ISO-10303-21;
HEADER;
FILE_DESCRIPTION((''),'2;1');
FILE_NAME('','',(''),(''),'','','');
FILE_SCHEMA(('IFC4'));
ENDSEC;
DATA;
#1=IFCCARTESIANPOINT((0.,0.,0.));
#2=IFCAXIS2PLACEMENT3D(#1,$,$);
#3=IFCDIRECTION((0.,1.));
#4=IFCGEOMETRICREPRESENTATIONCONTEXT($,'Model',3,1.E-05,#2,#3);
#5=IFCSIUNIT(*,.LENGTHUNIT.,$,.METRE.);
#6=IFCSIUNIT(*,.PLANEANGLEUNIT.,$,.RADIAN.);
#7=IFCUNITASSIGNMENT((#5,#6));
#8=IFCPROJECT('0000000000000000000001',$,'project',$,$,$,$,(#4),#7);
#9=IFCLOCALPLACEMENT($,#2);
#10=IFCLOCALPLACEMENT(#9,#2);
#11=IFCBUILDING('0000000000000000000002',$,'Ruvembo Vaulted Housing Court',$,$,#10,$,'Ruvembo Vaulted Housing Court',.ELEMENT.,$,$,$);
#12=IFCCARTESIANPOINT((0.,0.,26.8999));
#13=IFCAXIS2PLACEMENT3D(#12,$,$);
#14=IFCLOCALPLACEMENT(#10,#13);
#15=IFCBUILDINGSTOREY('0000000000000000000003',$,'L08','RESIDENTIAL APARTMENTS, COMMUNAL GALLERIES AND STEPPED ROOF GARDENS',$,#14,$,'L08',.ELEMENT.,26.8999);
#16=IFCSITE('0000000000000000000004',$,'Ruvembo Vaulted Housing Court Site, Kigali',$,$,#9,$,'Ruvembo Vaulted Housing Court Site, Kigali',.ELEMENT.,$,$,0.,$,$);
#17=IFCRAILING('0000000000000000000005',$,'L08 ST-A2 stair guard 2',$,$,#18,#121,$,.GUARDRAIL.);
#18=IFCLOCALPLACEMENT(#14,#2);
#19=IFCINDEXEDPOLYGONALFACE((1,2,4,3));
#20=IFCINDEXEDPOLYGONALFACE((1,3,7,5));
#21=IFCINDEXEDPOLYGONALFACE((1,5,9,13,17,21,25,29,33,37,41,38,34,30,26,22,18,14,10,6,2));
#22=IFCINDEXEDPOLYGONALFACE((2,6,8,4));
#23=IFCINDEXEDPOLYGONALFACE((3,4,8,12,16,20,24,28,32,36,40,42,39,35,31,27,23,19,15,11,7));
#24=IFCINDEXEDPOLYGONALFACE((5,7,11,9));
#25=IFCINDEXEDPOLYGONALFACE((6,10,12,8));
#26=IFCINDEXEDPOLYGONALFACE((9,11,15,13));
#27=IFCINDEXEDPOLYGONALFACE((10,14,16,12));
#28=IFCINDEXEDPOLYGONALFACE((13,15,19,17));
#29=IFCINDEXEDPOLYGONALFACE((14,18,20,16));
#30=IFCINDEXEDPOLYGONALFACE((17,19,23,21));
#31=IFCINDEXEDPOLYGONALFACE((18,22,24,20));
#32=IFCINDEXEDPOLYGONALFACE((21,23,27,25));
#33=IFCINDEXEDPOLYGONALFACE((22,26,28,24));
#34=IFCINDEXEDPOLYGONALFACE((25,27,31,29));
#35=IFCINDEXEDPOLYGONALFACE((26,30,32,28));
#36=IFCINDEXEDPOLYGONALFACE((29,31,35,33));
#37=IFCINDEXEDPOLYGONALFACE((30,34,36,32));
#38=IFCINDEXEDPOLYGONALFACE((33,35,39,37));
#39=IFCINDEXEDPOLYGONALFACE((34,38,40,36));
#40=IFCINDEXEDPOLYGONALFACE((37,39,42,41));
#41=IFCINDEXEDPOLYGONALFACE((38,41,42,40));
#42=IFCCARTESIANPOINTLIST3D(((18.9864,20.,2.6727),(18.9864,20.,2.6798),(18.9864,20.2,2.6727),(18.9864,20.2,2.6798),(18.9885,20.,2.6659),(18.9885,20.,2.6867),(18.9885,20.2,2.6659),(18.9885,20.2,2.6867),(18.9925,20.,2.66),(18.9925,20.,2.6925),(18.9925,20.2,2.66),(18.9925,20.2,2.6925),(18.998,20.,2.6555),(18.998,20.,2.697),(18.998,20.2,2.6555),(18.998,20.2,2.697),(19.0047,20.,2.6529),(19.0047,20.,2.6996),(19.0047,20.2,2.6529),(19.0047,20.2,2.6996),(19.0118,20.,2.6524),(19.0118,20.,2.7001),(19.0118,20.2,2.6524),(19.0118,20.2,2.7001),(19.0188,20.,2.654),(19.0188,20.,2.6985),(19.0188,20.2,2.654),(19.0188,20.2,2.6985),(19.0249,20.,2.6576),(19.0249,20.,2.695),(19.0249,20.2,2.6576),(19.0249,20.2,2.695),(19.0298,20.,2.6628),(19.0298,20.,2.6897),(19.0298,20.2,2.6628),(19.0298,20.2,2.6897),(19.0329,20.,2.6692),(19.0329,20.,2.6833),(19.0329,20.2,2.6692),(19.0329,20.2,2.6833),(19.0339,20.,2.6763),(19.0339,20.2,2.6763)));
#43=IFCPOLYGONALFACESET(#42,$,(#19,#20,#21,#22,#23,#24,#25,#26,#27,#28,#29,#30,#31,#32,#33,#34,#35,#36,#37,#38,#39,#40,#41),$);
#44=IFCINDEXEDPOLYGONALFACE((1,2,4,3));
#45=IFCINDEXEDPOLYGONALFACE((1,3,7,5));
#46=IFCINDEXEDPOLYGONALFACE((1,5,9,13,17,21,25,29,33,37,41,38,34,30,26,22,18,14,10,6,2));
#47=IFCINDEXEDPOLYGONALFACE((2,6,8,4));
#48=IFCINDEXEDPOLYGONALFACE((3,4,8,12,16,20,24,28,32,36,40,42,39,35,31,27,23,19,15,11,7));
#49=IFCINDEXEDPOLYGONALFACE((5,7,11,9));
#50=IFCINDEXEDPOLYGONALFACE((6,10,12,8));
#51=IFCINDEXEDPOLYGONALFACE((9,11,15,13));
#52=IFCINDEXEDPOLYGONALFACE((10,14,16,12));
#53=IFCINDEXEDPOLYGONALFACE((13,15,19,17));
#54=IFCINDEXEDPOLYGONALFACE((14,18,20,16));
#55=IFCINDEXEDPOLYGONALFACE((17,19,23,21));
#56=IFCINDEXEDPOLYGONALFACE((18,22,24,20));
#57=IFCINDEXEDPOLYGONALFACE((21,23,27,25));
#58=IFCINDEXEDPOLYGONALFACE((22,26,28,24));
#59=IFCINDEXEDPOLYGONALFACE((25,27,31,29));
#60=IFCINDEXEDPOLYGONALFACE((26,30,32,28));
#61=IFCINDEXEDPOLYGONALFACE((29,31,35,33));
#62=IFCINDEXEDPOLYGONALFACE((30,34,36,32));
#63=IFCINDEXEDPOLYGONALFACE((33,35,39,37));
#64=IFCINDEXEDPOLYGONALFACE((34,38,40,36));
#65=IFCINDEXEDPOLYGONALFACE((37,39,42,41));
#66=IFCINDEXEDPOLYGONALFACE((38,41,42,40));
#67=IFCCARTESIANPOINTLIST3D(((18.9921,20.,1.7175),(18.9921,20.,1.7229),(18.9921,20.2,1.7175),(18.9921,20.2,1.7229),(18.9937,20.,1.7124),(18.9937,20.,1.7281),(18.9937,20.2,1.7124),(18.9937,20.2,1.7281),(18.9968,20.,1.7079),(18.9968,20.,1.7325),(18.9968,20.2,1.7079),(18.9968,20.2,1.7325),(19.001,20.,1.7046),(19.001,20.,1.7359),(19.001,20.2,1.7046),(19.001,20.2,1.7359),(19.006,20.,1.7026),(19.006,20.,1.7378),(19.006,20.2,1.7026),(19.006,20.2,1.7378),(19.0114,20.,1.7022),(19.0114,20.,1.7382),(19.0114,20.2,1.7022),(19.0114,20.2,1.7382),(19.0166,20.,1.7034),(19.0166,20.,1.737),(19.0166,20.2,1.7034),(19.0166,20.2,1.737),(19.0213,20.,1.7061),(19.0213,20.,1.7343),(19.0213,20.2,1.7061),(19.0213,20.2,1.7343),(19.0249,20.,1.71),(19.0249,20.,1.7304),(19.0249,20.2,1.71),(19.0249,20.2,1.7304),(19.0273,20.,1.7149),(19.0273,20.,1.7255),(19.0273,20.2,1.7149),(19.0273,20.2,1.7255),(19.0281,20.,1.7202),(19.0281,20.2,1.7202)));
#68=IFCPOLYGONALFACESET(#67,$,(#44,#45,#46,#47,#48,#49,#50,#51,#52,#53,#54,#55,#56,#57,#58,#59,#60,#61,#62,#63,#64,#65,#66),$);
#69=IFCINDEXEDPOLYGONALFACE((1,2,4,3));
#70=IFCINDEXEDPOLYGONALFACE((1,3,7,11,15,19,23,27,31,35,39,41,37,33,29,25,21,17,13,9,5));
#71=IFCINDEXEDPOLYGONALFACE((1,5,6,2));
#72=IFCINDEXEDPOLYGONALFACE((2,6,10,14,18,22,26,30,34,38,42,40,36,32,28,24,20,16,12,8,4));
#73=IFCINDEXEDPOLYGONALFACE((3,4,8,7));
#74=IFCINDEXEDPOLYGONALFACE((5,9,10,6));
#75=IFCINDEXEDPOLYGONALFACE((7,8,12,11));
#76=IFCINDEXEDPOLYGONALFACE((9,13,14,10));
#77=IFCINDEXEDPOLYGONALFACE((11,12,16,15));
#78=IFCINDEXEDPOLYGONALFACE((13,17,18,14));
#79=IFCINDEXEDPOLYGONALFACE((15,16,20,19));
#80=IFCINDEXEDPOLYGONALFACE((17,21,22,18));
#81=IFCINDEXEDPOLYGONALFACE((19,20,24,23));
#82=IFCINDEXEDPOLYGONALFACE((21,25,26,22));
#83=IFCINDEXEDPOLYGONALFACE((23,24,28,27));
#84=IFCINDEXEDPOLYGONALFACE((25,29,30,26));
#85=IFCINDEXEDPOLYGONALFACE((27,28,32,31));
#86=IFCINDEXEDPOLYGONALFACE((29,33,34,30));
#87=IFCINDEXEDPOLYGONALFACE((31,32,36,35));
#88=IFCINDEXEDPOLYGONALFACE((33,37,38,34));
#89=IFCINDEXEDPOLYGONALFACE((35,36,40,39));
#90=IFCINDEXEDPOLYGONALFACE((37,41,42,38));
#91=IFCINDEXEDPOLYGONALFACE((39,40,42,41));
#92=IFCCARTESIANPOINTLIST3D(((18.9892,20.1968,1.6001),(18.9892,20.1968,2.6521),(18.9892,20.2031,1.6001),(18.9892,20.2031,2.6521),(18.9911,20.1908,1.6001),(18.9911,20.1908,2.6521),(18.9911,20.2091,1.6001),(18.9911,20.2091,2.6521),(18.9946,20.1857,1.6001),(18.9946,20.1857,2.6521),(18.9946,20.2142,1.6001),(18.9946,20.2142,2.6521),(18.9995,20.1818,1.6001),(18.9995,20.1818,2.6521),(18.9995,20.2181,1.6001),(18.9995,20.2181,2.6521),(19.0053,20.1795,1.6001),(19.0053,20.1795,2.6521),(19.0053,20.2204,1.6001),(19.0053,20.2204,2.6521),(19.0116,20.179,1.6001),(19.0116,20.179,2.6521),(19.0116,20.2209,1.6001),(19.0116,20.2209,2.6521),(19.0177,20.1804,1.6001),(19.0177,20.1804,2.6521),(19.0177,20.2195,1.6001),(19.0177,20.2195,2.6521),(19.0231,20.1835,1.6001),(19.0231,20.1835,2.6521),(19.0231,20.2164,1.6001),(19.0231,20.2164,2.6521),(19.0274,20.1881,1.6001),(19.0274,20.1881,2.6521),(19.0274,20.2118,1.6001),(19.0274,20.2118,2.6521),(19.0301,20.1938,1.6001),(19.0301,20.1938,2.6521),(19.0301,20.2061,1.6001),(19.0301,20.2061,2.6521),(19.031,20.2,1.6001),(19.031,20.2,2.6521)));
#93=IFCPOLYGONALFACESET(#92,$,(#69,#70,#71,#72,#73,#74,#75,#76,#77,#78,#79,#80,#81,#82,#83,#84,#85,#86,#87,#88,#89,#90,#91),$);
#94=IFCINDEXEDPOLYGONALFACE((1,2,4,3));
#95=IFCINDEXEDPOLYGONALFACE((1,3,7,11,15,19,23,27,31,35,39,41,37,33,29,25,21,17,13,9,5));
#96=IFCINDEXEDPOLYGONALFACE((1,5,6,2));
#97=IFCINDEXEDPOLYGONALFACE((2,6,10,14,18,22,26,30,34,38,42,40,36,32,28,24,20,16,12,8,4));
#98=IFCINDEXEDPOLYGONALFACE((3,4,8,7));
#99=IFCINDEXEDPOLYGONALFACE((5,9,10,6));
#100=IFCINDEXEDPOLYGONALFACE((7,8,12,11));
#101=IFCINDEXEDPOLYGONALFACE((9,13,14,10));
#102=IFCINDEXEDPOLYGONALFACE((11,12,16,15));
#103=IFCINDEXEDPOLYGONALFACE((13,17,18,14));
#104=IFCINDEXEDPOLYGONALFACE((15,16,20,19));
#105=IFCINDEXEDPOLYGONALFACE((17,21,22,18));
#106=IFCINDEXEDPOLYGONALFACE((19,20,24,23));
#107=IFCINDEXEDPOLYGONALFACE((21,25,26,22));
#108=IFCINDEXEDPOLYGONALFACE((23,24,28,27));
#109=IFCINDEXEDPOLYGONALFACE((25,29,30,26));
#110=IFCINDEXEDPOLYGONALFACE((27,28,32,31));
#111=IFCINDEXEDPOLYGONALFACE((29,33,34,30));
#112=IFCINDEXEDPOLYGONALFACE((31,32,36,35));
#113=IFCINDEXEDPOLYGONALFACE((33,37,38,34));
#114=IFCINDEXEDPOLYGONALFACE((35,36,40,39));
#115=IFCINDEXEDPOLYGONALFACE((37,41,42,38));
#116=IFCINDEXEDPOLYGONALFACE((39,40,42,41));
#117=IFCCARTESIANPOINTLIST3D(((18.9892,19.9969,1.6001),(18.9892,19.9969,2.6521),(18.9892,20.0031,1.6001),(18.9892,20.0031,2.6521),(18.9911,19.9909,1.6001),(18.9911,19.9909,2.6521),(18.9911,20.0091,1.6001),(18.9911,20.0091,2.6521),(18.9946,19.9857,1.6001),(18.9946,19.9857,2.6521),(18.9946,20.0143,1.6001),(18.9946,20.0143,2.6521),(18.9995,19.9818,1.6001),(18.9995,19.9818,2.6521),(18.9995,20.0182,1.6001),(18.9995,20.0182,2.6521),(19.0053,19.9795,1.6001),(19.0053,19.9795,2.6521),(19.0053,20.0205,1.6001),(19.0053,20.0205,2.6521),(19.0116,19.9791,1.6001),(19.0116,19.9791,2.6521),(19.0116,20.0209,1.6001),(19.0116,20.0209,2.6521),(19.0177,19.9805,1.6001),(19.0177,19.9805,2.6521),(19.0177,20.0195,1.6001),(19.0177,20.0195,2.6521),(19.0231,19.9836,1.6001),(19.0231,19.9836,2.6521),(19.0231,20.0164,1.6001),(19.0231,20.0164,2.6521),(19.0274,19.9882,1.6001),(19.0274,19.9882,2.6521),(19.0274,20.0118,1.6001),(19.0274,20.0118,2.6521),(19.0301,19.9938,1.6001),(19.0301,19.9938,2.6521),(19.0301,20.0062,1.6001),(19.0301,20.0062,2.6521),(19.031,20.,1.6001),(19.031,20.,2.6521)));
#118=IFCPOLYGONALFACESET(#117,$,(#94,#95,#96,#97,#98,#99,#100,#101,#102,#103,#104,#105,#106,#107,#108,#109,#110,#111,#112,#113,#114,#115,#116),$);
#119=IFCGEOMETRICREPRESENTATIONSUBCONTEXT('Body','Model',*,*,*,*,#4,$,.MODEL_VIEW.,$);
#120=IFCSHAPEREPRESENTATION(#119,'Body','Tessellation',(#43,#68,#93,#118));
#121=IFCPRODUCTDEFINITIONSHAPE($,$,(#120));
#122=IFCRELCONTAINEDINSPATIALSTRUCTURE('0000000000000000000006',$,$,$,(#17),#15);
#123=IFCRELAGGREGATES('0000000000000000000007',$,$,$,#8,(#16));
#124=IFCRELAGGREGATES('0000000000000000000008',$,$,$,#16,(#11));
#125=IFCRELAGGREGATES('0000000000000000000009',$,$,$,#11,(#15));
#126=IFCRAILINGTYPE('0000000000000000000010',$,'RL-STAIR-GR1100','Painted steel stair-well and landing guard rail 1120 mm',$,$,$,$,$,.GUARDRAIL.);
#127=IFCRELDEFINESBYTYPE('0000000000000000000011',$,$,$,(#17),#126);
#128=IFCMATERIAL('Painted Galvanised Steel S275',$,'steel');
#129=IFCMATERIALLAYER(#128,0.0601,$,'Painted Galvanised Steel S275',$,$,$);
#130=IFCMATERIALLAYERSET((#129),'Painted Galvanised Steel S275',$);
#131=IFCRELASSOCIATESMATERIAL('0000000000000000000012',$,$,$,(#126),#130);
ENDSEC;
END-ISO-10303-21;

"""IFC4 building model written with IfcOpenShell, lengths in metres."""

from ifc_helpers import new_model, si_unit, direction, frame, origin, origin_2d, place, context, subcontext, project, spatial, circle, extrude, material, layer, layer_set, type_object, element, save


model = new_model("IFC4")

# Units and contexts
model_context = context("Model", 3, precision=1e-05, world=origin(), true_north=direction((0.0, 1.0)))
body_context = subcontext(model_context, "Body", "Model", "MODEL_VIEW")
ifc_project = project(units=[si_unit("LENGTHUNIT", "METRE"), si_unit("PLANEANGLEUNIT", "RADIAN")], contexts=[model_context])

# Site, building, storey
site_placement = place(None, origin())
site = spatial("IfcSite", under=ifc_project, at=site_placement, Name="Ruvembo Vaulted Housing Court Site, Kigali", LongName="Ruvembo Vaulted Housing Court Site, Kigali", CompositionType="ELEMENT", RefElevation=0.0)
building_placement = place(site_placement, origin())
building = spatial("IfcBuilding", under=site, at=building_placement, Name="Ruvembo Vaulted Housing Court", LongName="Ruvembo Vaulted Housing Court", CompositionType="ELEMENT")
storey_placement = place(building_placement, frame((0.0, 0.0, 26.8999)))
storey = spatial("IfcBuildingStorey", under=building, at=storey_placement, Name="L08", Description="RESIDENTIAL APARTMENTS, COMMUNAL GALLERIES AND STEPPED ROOF GARDENS", LongName="L08", CompositionType="ELEMENT", Elevation=26.8999)

# Railing
ifc_material_1 = material(Name="Painted Galvanised Steel S275", Category="steel")
ifc_layer_1 = layer(ifc_material_1, 0.0601, Name="Painted Galvanised Steel S275")
ifc_layer_set_1 = layer_set([ifc_layer_1], Name="Painted Galvanised Steel S275")
railing_type_1 = type_object("IfcRailingType", Name="RL-STAIR-GR1100", Description="Painted steel stair-well and landing guard rail 1120 mm", PredefinedType="GUARDRAIL", material=ifc_layer_set_1)
railing_1_placement = place(storey_placement, frame((19.01, 20.2, 1.6001)))
element("IfcRailing", 1, at=railing_1_placement, inside=storey, type_object=railing_type_1, Name="L08 ST-A2 stair guard 2", PredefinedType="GUARDRAIL", context=body_context, shape_type="SweptSolid", body=[
    extrude(circle(Radius=0.0239, at=origin_2d()), frame((0.0, 0.0, 1.0762), z_axis=(0.0, -1.0, 0.0), x_axis=(1.0, 0.0, 0.0)), (0.0, 0.0, 1.0), 0.2),
    extrude(circle(Radius=0.0181, at=origin_2d()), frame((0.0, 0.0, 0.1201), z_axis=(0.0, -1.0, 0.0), x_axis=(1.0, 0.0, 0.0)), (0.0, 0.0, 1.0), 0.2),
    extrude(circle(Radius=0.021, at=origin_2d()), origin(), (0.0, 0.0, 1.0), 1.052),
    extrude(circle(Radius=0.021, at=origin_2d()), frame((0.0, -0.2, 0.0)), (0.0, 0.0, 1.0), 1.052),
])

save(model, "model.ifc")
